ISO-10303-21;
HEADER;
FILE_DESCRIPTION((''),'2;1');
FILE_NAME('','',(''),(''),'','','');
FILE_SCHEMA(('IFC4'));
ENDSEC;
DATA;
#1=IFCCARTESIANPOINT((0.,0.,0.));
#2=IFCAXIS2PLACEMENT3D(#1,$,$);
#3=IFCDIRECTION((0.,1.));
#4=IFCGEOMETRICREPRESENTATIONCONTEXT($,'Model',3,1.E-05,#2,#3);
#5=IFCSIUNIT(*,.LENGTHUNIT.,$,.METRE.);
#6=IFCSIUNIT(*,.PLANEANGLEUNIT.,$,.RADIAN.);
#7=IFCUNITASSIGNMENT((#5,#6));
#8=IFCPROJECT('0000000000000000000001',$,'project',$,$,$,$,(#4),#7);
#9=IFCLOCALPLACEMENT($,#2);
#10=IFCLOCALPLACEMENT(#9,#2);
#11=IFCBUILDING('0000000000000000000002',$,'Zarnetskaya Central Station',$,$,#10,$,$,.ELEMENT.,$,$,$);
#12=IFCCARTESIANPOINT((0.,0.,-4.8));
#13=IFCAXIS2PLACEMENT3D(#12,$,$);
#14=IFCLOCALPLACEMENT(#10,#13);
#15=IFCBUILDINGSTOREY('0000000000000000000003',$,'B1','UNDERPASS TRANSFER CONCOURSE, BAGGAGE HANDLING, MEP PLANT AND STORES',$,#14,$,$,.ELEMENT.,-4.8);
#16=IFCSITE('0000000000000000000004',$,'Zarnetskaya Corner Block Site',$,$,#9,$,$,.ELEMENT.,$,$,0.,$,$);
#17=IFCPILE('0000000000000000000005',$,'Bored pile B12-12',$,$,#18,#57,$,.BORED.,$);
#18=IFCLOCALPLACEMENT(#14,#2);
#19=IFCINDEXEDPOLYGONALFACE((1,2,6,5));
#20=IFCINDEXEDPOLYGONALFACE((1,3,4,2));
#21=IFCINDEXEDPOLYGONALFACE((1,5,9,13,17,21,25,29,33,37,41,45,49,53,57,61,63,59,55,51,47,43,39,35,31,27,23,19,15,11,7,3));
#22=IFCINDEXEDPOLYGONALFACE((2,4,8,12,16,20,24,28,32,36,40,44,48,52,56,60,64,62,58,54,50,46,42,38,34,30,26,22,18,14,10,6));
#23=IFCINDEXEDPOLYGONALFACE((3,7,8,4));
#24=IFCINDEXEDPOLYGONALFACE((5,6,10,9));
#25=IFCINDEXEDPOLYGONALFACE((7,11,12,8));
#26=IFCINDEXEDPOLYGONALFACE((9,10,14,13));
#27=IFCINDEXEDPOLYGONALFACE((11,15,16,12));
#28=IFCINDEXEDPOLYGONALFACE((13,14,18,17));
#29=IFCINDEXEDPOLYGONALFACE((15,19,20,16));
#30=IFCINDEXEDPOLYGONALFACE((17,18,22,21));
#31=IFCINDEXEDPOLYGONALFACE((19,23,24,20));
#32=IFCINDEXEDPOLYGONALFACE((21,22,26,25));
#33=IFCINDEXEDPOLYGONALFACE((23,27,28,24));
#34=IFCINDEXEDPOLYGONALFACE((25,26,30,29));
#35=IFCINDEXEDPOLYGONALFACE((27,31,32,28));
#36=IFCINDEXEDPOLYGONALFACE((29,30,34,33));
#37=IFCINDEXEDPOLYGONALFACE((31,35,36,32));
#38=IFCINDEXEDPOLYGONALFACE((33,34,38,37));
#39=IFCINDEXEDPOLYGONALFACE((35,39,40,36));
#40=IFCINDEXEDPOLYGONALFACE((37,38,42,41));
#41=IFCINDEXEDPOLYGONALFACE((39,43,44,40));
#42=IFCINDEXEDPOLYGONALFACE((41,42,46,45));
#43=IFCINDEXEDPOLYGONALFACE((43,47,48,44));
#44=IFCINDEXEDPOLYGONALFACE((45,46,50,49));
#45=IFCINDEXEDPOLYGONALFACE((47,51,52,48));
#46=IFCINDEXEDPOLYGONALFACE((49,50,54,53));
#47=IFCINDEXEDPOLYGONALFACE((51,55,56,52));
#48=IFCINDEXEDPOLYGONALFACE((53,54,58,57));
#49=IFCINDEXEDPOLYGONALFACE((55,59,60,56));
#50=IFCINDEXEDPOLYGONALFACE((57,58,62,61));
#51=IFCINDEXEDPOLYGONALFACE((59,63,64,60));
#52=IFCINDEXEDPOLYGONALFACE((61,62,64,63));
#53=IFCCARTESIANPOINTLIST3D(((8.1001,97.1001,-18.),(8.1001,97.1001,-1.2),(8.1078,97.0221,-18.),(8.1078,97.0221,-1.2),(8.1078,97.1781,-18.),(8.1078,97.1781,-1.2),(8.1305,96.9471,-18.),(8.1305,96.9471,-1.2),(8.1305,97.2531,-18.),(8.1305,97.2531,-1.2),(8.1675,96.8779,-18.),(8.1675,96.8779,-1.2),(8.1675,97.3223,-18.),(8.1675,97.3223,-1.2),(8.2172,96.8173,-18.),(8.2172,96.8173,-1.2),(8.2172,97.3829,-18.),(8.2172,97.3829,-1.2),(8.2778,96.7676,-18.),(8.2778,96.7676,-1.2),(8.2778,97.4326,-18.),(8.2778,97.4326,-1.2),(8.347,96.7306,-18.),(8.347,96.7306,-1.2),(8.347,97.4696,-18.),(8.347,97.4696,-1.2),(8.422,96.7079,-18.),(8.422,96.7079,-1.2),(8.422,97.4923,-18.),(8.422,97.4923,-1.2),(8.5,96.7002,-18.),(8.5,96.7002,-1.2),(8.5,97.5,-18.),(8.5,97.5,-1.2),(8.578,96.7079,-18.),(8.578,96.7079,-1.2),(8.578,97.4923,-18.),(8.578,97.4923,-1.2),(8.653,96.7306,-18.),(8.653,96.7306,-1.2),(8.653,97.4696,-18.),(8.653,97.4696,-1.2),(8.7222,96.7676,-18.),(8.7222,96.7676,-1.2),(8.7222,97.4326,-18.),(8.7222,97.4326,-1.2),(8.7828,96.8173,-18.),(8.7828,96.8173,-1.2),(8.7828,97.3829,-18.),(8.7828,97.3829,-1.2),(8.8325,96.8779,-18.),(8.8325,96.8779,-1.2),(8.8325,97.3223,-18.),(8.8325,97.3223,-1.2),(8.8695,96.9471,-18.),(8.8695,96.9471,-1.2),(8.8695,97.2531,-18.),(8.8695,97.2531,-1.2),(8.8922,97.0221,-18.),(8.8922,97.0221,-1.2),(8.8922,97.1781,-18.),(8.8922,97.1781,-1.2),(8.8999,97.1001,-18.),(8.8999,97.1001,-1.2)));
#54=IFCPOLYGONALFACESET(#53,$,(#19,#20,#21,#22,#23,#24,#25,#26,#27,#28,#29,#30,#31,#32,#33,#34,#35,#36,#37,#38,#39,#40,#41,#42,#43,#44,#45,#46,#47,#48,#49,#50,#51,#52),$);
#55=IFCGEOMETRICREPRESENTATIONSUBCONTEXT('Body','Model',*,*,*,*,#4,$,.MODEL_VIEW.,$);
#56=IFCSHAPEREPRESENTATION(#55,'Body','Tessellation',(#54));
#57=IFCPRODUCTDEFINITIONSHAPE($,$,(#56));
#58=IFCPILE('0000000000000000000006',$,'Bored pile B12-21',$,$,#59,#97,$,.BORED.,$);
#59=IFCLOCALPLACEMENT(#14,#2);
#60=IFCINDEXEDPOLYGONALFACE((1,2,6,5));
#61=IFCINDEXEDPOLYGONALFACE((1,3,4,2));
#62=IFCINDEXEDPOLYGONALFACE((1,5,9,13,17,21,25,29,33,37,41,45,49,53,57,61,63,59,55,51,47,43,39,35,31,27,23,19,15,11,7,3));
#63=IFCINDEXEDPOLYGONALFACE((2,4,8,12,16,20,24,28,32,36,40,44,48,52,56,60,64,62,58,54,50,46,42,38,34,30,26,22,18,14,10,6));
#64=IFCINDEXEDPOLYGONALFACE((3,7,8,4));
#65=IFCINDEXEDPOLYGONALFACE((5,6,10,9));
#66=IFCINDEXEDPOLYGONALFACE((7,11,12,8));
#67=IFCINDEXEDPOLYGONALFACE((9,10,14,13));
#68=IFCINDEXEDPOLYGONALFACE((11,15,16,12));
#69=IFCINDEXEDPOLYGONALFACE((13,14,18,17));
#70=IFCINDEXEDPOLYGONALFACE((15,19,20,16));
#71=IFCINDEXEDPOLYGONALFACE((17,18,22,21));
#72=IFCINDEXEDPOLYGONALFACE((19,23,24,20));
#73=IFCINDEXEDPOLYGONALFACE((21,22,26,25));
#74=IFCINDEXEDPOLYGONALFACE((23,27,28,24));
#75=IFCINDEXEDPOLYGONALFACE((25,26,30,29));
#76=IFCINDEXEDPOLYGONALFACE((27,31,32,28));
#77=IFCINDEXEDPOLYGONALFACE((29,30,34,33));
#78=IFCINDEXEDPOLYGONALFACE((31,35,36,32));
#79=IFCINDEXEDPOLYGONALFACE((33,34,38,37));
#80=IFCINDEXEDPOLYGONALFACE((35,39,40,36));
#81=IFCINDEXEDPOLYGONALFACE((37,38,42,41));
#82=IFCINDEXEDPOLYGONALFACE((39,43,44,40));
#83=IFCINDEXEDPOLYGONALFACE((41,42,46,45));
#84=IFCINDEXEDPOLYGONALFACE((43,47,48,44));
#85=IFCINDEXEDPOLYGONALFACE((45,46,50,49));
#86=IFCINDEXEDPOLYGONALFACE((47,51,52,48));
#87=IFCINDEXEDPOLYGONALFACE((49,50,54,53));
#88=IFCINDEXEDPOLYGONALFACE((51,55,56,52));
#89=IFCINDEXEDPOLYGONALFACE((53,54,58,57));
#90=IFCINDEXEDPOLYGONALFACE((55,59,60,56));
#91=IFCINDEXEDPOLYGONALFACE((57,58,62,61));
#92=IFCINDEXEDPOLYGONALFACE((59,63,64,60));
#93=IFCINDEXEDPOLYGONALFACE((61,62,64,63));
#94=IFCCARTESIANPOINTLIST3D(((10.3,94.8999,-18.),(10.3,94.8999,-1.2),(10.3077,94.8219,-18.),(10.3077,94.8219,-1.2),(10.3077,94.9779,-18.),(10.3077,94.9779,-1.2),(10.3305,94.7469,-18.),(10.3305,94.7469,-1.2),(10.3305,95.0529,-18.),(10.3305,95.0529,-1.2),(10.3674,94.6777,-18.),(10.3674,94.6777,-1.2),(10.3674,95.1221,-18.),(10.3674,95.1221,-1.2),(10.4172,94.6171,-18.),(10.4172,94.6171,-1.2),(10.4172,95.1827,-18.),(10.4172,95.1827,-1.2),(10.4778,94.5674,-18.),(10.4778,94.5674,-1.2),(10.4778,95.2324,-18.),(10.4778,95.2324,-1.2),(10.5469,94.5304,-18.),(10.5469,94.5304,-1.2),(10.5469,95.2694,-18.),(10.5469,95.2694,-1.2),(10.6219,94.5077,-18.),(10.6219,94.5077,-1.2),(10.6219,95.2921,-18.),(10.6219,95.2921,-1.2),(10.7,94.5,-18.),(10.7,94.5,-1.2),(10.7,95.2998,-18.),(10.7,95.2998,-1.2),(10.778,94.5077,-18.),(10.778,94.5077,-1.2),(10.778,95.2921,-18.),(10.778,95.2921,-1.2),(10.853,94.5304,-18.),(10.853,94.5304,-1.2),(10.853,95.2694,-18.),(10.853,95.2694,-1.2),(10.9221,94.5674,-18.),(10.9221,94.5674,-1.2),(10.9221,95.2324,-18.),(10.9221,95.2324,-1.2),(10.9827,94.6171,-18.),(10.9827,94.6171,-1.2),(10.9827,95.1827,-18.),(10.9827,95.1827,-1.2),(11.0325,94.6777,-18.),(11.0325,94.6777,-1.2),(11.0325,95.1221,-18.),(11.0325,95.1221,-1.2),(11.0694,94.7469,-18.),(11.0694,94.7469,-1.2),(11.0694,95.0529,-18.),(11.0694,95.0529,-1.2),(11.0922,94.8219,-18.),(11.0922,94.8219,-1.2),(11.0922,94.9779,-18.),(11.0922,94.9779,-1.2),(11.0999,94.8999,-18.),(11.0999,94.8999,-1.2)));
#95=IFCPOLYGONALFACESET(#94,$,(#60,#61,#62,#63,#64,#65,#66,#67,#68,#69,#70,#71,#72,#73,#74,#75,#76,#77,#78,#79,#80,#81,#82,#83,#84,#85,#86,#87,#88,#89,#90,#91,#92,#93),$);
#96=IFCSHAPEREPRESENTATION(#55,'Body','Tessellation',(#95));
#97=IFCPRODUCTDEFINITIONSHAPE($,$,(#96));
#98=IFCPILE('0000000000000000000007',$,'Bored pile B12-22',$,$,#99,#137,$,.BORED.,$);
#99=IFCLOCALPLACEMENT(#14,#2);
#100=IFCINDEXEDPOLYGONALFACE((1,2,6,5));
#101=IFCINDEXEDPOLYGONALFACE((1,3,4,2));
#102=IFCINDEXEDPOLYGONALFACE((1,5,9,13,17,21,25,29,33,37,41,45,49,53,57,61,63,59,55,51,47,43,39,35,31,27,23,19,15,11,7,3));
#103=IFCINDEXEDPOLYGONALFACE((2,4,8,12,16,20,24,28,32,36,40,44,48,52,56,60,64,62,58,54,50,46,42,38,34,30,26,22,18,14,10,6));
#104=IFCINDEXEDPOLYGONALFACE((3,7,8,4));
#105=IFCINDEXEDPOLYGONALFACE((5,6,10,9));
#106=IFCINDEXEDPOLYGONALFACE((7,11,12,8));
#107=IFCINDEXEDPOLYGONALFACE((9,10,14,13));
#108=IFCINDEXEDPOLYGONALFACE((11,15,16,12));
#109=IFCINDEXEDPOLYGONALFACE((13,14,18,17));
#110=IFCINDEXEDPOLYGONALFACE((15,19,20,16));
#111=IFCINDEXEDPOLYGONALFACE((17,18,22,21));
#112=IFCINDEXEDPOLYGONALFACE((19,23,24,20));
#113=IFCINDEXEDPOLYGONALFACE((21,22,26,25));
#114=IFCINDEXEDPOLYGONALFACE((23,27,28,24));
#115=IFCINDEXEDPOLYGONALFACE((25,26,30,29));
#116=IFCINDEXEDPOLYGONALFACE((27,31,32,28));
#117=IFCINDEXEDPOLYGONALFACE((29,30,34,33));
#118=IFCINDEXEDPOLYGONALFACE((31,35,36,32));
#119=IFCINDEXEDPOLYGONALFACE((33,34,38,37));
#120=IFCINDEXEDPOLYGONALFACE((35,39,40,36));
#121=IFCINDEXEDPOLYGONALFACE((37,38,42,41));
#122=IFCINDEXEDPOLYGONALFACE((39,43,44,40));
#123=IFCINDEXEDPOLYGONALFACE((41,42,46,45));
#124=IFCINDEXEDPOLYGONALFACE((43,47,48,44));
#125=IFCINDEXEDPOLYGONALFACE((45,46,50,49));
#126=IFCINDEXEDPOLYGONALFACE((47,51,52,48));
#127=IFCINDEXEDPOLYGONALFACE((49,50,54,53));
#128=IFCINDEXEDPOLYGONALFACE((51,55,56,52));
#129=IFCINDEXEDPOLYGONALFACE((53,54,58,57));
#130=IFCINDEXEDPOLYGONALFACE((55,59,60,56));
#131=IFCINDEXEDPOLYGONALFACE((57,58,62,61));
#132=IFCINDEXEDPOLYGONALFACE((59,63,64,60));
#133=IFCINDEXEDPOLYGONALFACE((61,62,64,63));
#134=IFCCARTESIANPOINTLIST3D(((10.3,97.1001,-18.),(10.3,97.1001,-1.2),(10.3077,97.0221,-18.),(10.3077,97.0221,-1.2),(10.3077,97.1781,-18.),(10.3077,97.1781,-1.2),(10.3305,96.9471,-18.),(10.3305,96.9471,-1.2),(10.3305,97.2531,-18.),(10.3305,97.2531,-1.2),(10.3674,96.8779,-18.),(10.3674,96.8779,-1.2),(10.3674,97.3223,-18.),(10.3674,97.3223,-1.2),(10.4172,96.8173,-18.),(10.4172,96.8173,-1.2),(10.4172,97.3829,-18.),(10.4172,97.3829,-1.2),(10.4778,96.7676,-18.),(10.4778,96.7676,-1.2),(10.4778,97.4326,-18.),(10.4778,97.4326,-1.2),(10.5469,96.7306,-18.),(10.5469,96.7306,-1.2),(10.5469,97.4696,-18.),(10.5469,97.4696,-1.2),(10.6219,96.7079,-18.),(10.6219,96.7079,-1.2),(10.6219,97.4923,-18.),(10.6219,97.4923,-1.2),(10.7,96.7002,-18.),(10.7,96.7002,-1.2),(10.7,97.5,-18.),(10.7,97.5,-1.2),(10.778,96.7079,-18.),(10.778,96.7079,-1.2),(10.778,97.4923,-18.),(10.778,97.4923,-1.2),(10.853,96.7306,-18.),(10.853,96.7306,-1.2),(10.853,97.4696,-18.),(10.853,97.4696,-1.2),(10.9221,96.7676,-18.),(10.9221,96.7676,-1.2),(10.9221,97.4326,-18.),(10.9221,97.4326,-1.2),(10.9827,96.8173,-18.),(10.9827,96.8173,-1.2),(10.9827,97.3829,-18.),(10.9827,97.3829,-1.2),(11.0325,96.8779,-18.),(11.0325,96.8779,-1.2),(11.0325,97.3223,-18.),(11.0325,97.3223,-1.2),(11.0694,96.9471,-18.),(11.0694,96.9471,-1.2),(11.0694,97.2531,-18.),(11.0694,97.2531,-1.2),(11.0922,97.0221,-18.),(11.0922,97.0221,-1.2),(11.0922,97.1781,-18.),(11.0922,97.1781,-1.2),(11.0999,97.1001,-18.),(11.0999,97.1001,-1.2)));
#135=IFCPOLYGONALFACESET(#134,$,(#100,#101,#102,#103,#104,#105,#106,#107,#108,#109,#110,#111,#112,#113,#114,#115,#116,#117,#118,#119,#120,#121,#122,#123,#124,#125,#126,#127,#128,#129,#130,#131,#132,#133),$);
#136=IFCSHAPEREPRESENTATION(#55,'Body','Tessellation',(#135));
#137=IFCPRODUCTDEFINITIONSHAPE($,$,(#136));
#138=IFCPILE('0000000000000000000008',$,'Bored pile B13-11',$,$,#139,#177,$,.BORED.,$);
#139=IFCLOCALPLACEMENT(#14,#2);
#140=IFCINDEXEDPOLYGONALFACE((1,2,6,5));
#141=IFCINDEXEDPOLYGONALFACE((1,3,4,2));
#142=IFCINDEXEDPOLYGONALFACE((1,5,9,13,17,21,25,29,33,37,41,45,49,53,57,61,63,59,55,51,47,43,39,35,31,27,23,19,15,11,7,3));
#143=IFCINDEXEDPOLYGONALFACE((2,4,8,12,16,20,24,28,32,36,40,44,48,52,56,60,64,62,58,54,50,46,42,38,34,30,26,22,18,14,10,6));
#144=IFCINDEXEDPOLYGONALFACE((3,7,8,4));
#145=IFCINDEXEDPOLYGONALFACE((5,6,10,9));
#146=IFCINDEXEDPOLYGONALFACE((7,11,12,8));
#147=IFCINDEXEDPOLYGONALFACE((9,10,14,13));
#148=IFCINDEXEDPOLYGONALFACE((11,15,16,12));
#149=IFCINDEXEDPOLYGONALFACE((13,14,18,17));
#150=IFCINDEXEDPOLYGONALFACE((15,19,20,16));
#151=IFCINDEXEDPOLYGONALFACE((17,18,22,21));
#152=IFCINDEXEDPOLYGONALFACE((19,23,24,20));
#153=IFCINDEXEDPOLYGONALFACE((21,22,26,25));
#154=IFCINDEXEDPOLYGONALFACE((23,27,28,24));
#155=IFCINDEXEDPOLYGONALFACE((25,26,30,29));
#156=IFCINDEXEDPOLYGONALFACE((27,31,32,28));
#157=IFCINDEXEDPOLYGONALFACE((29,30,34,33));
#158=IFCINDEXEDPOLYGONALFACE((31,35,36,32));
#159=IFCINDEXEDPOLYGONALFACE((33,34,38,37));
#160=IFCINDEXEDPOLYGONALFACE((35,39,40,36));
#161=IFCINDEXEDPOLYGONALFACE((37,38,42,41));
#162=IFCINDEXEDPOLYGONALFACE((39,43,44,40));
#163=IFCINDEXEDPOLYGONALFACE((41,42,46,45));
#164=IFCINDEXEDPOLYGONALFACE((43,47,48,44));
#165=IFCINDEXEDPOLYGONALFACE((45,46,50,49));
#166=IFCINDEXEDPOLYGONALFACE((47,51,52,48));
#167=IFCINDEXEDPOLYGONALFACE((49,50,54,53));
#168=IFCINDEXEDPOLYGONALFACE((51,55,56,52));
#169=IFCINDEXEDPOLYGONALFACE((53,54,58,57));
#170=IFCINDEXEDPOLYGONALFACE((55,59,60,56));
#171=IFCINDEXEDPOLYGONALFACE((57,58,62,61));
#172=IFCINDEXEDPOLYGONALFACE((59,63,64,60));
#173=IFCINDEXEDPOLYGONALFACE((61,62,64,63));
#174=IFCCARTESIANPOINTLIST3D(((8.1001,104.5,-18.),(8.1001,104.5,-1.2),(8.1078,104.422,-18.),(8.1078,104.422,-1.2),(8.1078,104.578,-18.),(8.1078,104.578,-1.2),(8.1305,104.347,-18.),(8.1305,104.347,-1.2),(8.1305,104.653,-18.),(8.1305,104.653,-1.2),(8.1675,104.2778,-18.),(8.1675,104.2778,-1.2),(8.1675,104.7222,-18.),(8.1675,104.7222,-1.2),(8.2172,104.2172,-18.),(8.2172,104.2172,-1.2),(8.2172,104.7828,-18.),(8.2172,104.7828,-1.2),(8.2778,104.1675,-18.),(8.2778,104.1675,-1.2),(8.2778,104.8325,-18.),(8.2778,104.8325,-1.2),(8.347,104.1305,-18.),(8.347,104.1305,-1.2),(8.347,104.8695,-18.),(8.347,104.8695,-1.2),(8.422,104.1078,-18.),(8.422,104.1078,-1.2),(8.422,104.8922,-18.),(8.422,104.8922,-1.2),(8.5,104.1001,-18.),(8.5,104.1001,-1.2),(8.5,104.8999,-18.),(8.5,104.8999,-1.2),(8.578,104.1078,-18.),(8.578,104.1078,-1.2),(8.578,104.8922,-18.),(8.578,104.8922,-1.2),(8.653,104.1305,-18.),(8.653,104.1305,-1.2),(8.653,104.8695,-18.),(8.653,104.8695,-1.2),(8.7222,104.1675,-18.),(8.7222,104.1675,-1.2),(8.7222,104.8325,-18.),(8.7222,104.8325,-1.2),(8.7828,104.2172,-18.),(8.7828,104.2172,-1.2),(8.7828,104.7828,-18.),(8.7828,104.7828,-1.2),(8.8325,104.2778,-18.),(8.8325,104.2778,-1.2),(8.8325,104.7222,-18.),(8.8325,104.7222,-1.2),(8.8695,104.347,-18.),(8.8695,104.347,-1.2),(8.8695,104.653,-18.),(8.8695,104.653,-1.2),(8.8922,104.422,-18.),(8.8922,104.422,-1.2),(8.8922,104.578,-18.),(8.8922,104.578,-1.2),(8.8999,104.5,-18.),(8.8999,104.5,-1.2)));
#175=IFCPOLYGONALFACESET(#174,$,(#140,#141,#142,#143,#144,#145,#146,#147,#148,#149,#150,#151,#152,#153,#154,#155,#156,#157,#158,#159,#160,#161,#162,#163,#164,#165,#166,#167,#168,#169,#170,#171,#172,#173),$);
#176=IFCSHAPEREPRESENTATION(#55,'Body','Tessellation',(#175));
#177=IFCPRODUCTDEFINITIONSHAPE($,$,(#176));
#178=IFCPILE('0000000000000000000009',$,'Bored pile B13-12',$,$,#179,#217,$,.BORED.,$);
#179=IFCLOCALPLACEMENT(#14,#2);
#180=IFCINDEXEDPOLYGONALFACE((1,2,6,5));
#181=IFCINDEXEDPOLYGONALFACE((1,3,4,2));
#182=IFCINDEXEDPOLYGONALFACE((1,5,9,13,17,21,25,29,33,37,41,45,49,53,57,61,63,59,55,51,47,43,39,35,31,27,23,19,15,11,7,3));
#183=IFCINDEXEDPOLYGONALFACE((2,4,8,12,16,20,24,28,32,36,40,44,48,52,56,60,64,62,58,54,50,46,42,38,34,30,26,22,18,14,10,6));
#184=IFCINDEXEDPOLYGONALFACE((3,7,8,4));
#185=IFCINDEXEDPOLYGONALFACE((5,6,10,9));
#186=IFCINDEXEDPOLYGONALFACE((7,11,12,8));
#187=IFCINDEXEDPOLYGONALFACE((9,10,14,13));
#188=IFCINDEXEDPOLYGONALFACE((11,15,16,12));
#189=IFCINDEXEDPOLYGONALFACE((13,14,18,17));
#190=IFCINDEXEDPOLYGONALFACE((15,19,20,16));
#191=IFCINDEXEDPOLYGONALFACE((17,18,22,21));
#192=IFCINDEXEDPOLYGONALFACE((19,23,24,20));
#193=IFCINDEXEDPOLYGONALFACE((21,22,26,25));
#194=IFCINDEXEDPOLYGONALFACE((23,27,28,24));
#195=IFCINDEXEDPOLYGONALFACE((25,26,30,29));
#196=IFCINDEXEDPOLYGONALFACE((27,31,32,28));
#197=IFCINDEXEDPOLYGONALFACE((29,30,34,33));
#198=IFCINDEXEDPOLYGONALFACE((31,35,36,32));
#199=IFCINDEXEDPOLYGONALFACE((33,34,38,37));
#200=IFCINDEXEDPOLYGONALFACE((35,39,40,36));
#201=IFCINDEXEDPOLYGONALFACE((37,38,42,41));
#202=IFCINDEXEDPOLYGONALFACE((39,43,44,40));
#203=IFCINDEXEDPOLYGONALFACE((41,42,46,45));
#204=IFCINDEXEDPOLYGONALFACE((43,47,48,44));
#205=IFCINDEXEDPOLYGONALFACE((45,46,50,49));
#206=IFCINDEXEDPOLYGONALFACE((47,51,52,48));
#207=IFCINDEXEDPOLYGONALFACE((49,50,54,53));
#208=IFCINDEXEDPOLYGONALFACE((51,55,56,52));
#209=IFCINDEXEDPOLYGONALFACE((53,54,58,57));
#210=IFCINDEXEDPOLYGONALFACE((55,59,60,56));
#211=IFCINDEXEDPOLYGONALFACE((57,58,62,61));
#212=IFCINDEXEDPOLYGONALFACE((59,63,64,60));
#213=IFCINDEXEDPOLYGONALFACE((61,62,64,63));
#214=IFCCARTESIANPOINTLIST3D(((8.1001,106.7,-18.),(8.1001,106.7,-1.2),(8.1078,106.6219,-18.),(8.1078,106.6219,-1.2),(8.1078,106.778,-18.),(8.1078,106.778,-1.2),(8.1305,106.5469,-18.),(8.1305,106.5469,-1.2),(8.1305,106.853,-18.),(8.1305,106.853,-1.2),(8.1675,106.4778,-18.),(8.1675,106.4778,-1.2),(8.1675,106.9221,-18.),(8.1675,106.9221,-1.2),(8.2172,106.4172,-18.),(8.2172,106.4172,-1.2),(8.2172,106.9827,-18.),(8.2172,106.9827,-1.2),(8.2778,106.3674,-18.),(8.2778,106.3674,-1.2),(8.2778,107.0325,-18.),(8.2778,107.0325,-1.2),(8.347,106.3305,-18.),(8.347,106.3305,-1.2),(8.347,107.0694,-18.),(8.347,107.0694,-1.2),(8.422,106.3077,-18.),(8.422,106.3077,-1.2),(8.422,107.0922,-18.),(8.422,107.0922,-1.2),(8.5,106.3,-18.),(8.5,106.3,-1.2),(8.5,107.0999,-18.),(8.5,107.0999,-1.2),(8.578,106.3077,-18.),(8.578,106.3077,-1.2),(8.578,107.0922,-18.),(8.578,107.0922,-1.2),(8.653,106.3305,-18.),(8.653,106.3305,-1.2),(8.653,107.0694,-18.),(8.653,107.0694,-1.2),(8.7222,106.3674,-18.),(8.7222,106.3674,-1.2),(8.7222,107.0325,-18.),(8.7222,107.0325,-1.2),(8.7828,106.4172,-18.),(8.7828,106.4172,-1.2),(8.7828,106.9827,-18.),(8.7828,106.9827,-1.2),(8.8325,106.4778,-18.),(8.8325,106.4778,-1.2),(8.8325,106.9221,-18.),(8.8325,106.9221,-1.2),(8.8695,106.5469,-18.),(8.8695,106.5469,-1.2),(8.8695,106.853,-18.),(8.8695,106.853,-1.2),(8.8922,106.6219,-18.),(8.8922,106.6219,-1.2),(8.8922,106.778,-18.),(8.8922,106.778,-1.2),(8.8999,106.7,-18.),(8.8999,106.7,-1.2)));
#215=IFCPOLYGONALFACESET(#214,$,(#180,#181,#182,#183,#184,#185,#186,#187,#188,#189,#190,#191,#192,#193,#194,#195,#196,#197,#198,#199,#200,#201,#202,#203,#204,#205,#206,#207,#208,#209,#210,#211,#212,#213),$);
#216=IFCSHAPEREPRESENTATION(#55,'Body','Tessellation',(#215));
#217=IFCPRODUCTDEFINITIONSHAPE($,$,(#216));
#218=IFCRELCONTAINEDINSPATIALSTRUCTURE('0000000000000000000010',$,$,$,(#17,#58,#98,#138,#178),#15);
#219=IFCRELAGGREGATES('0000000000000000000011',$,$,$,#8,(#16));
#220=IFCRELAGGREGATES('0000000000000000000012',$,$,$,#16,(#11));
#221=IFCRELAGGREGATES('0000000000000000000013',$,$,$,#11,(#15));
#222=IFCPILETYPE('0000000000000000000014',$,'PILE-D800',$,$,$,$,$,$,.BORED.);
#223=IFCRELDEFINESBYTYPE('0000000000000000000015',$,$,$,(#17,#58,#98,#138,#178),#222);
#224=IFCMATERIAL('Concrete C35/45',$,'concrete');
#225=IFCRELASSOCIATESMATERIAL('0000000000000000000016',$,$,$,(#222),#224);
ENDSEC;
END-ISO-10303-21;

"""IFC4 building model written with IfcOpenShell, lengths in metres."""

from ifc_helpers import new_model, si_unit, direction, frame, origin, origin_2d, place, context, subcontext, project, spatial, circle, extrude, material, material_profile, profile_set, type_object, element, save


model = new_model("IFC4")

# Units and contexts
model_context = context("Model", 3, precision=1e-05, world=origin(), true_north=direction((0.0, 1.0)))
body_context = subcontext(model_context, "Body", "Model", "MODEL_VIEW")
ifc_project = project(units=[si_unit("LENGTHUNIT", "METRE"), si_unit("PLANEANGLEUNIT", "RADIAN")], contexts=[model_context])

# Site, building, storey
site_placement = place(None, origin())
site = spatial("IfcSite", under=ifc_project, at=site_placement, Name="Zarnetskaya Corner Block Site", CompositionType="ELEMENT", RefElevation=0.0)
building_placement = place(site_placement, origin())
building = spatial("IfcBuilding", under=site, at=building_placement, Name="Zarnetskaya Central Station", CompositionType="ELEMENT")
storey_placement = place(building_placement, frame((0.0, 0.0, -4.8)))
storey = spatial("IfcBuildingStorey", under=building, at=storey_placement, Name="B1", Description="UNDERPASS TRANSFER CONCOURSE, BAGGAGE HANDLING, MEP PLANT AND STORES", CompositionType="ELEMENT", Elevation=-4.8)

# Shared definitions
ifc_material = material(Name="Concrete C35/45", Category="concrete")

# Piles
ifc_material_profile_1 = material_profile(ifc_material, circle(Radius=0.3999, at=origin_2d()), Name="BORED PILE D800")
ifc_profile_set_1 = profile_set([ifc_material_profile_1], Name="Concrete C35/45")
pile_type = type_object("IfcPileType", Name="PILE-D800", PredefinedType="BORED", material=ifc_profile_set_1)
for number, where, z_axis, x_axis, name in (
    (1, (8.5, 97.1001, -1.2), (0.0, 0.0, -1.0), (1.0, 0.0, 0.0), "Bored pile B12-12"),
    (2, (10.7, 94.8999, -1.2), (0.0, 0.0, -1.0), (1.0, 0.0, 0.0), "Bored pile B12-21"),
    (3, (10.7, 97.1001, -1.2), (0.0, 0.0, -1.0), (1.0, 0.0, 0.0), "Bored pile B12-22"),
    (4, (8.5, 104.5, -1.2), (0.0, 0.0, -1.0), (1.0, 0.0, 0.0), "Bored pile B13-11"),
    (5, (8.5, 106.7, -1.2), (0.0, 0.0, -1.0), (1.0, 0.0, 0.0), "Bored pile B13-12"),
):
    element("IfcPile", number, at=place(storey_placement, frame(where, z_axis=z_axis, x_axis=x_axis)), inside=storey, type_object=pile_type, Name=name, PredefinedType="BORED", context=body_context, shape_type="SweptSolid", body=[
        extrude(circle(Radius=0.3999, at=origin_2d()), origin(), (0.0, 0.0, 1.0), 16.8),
    ])

save(model, "model.ifc")
